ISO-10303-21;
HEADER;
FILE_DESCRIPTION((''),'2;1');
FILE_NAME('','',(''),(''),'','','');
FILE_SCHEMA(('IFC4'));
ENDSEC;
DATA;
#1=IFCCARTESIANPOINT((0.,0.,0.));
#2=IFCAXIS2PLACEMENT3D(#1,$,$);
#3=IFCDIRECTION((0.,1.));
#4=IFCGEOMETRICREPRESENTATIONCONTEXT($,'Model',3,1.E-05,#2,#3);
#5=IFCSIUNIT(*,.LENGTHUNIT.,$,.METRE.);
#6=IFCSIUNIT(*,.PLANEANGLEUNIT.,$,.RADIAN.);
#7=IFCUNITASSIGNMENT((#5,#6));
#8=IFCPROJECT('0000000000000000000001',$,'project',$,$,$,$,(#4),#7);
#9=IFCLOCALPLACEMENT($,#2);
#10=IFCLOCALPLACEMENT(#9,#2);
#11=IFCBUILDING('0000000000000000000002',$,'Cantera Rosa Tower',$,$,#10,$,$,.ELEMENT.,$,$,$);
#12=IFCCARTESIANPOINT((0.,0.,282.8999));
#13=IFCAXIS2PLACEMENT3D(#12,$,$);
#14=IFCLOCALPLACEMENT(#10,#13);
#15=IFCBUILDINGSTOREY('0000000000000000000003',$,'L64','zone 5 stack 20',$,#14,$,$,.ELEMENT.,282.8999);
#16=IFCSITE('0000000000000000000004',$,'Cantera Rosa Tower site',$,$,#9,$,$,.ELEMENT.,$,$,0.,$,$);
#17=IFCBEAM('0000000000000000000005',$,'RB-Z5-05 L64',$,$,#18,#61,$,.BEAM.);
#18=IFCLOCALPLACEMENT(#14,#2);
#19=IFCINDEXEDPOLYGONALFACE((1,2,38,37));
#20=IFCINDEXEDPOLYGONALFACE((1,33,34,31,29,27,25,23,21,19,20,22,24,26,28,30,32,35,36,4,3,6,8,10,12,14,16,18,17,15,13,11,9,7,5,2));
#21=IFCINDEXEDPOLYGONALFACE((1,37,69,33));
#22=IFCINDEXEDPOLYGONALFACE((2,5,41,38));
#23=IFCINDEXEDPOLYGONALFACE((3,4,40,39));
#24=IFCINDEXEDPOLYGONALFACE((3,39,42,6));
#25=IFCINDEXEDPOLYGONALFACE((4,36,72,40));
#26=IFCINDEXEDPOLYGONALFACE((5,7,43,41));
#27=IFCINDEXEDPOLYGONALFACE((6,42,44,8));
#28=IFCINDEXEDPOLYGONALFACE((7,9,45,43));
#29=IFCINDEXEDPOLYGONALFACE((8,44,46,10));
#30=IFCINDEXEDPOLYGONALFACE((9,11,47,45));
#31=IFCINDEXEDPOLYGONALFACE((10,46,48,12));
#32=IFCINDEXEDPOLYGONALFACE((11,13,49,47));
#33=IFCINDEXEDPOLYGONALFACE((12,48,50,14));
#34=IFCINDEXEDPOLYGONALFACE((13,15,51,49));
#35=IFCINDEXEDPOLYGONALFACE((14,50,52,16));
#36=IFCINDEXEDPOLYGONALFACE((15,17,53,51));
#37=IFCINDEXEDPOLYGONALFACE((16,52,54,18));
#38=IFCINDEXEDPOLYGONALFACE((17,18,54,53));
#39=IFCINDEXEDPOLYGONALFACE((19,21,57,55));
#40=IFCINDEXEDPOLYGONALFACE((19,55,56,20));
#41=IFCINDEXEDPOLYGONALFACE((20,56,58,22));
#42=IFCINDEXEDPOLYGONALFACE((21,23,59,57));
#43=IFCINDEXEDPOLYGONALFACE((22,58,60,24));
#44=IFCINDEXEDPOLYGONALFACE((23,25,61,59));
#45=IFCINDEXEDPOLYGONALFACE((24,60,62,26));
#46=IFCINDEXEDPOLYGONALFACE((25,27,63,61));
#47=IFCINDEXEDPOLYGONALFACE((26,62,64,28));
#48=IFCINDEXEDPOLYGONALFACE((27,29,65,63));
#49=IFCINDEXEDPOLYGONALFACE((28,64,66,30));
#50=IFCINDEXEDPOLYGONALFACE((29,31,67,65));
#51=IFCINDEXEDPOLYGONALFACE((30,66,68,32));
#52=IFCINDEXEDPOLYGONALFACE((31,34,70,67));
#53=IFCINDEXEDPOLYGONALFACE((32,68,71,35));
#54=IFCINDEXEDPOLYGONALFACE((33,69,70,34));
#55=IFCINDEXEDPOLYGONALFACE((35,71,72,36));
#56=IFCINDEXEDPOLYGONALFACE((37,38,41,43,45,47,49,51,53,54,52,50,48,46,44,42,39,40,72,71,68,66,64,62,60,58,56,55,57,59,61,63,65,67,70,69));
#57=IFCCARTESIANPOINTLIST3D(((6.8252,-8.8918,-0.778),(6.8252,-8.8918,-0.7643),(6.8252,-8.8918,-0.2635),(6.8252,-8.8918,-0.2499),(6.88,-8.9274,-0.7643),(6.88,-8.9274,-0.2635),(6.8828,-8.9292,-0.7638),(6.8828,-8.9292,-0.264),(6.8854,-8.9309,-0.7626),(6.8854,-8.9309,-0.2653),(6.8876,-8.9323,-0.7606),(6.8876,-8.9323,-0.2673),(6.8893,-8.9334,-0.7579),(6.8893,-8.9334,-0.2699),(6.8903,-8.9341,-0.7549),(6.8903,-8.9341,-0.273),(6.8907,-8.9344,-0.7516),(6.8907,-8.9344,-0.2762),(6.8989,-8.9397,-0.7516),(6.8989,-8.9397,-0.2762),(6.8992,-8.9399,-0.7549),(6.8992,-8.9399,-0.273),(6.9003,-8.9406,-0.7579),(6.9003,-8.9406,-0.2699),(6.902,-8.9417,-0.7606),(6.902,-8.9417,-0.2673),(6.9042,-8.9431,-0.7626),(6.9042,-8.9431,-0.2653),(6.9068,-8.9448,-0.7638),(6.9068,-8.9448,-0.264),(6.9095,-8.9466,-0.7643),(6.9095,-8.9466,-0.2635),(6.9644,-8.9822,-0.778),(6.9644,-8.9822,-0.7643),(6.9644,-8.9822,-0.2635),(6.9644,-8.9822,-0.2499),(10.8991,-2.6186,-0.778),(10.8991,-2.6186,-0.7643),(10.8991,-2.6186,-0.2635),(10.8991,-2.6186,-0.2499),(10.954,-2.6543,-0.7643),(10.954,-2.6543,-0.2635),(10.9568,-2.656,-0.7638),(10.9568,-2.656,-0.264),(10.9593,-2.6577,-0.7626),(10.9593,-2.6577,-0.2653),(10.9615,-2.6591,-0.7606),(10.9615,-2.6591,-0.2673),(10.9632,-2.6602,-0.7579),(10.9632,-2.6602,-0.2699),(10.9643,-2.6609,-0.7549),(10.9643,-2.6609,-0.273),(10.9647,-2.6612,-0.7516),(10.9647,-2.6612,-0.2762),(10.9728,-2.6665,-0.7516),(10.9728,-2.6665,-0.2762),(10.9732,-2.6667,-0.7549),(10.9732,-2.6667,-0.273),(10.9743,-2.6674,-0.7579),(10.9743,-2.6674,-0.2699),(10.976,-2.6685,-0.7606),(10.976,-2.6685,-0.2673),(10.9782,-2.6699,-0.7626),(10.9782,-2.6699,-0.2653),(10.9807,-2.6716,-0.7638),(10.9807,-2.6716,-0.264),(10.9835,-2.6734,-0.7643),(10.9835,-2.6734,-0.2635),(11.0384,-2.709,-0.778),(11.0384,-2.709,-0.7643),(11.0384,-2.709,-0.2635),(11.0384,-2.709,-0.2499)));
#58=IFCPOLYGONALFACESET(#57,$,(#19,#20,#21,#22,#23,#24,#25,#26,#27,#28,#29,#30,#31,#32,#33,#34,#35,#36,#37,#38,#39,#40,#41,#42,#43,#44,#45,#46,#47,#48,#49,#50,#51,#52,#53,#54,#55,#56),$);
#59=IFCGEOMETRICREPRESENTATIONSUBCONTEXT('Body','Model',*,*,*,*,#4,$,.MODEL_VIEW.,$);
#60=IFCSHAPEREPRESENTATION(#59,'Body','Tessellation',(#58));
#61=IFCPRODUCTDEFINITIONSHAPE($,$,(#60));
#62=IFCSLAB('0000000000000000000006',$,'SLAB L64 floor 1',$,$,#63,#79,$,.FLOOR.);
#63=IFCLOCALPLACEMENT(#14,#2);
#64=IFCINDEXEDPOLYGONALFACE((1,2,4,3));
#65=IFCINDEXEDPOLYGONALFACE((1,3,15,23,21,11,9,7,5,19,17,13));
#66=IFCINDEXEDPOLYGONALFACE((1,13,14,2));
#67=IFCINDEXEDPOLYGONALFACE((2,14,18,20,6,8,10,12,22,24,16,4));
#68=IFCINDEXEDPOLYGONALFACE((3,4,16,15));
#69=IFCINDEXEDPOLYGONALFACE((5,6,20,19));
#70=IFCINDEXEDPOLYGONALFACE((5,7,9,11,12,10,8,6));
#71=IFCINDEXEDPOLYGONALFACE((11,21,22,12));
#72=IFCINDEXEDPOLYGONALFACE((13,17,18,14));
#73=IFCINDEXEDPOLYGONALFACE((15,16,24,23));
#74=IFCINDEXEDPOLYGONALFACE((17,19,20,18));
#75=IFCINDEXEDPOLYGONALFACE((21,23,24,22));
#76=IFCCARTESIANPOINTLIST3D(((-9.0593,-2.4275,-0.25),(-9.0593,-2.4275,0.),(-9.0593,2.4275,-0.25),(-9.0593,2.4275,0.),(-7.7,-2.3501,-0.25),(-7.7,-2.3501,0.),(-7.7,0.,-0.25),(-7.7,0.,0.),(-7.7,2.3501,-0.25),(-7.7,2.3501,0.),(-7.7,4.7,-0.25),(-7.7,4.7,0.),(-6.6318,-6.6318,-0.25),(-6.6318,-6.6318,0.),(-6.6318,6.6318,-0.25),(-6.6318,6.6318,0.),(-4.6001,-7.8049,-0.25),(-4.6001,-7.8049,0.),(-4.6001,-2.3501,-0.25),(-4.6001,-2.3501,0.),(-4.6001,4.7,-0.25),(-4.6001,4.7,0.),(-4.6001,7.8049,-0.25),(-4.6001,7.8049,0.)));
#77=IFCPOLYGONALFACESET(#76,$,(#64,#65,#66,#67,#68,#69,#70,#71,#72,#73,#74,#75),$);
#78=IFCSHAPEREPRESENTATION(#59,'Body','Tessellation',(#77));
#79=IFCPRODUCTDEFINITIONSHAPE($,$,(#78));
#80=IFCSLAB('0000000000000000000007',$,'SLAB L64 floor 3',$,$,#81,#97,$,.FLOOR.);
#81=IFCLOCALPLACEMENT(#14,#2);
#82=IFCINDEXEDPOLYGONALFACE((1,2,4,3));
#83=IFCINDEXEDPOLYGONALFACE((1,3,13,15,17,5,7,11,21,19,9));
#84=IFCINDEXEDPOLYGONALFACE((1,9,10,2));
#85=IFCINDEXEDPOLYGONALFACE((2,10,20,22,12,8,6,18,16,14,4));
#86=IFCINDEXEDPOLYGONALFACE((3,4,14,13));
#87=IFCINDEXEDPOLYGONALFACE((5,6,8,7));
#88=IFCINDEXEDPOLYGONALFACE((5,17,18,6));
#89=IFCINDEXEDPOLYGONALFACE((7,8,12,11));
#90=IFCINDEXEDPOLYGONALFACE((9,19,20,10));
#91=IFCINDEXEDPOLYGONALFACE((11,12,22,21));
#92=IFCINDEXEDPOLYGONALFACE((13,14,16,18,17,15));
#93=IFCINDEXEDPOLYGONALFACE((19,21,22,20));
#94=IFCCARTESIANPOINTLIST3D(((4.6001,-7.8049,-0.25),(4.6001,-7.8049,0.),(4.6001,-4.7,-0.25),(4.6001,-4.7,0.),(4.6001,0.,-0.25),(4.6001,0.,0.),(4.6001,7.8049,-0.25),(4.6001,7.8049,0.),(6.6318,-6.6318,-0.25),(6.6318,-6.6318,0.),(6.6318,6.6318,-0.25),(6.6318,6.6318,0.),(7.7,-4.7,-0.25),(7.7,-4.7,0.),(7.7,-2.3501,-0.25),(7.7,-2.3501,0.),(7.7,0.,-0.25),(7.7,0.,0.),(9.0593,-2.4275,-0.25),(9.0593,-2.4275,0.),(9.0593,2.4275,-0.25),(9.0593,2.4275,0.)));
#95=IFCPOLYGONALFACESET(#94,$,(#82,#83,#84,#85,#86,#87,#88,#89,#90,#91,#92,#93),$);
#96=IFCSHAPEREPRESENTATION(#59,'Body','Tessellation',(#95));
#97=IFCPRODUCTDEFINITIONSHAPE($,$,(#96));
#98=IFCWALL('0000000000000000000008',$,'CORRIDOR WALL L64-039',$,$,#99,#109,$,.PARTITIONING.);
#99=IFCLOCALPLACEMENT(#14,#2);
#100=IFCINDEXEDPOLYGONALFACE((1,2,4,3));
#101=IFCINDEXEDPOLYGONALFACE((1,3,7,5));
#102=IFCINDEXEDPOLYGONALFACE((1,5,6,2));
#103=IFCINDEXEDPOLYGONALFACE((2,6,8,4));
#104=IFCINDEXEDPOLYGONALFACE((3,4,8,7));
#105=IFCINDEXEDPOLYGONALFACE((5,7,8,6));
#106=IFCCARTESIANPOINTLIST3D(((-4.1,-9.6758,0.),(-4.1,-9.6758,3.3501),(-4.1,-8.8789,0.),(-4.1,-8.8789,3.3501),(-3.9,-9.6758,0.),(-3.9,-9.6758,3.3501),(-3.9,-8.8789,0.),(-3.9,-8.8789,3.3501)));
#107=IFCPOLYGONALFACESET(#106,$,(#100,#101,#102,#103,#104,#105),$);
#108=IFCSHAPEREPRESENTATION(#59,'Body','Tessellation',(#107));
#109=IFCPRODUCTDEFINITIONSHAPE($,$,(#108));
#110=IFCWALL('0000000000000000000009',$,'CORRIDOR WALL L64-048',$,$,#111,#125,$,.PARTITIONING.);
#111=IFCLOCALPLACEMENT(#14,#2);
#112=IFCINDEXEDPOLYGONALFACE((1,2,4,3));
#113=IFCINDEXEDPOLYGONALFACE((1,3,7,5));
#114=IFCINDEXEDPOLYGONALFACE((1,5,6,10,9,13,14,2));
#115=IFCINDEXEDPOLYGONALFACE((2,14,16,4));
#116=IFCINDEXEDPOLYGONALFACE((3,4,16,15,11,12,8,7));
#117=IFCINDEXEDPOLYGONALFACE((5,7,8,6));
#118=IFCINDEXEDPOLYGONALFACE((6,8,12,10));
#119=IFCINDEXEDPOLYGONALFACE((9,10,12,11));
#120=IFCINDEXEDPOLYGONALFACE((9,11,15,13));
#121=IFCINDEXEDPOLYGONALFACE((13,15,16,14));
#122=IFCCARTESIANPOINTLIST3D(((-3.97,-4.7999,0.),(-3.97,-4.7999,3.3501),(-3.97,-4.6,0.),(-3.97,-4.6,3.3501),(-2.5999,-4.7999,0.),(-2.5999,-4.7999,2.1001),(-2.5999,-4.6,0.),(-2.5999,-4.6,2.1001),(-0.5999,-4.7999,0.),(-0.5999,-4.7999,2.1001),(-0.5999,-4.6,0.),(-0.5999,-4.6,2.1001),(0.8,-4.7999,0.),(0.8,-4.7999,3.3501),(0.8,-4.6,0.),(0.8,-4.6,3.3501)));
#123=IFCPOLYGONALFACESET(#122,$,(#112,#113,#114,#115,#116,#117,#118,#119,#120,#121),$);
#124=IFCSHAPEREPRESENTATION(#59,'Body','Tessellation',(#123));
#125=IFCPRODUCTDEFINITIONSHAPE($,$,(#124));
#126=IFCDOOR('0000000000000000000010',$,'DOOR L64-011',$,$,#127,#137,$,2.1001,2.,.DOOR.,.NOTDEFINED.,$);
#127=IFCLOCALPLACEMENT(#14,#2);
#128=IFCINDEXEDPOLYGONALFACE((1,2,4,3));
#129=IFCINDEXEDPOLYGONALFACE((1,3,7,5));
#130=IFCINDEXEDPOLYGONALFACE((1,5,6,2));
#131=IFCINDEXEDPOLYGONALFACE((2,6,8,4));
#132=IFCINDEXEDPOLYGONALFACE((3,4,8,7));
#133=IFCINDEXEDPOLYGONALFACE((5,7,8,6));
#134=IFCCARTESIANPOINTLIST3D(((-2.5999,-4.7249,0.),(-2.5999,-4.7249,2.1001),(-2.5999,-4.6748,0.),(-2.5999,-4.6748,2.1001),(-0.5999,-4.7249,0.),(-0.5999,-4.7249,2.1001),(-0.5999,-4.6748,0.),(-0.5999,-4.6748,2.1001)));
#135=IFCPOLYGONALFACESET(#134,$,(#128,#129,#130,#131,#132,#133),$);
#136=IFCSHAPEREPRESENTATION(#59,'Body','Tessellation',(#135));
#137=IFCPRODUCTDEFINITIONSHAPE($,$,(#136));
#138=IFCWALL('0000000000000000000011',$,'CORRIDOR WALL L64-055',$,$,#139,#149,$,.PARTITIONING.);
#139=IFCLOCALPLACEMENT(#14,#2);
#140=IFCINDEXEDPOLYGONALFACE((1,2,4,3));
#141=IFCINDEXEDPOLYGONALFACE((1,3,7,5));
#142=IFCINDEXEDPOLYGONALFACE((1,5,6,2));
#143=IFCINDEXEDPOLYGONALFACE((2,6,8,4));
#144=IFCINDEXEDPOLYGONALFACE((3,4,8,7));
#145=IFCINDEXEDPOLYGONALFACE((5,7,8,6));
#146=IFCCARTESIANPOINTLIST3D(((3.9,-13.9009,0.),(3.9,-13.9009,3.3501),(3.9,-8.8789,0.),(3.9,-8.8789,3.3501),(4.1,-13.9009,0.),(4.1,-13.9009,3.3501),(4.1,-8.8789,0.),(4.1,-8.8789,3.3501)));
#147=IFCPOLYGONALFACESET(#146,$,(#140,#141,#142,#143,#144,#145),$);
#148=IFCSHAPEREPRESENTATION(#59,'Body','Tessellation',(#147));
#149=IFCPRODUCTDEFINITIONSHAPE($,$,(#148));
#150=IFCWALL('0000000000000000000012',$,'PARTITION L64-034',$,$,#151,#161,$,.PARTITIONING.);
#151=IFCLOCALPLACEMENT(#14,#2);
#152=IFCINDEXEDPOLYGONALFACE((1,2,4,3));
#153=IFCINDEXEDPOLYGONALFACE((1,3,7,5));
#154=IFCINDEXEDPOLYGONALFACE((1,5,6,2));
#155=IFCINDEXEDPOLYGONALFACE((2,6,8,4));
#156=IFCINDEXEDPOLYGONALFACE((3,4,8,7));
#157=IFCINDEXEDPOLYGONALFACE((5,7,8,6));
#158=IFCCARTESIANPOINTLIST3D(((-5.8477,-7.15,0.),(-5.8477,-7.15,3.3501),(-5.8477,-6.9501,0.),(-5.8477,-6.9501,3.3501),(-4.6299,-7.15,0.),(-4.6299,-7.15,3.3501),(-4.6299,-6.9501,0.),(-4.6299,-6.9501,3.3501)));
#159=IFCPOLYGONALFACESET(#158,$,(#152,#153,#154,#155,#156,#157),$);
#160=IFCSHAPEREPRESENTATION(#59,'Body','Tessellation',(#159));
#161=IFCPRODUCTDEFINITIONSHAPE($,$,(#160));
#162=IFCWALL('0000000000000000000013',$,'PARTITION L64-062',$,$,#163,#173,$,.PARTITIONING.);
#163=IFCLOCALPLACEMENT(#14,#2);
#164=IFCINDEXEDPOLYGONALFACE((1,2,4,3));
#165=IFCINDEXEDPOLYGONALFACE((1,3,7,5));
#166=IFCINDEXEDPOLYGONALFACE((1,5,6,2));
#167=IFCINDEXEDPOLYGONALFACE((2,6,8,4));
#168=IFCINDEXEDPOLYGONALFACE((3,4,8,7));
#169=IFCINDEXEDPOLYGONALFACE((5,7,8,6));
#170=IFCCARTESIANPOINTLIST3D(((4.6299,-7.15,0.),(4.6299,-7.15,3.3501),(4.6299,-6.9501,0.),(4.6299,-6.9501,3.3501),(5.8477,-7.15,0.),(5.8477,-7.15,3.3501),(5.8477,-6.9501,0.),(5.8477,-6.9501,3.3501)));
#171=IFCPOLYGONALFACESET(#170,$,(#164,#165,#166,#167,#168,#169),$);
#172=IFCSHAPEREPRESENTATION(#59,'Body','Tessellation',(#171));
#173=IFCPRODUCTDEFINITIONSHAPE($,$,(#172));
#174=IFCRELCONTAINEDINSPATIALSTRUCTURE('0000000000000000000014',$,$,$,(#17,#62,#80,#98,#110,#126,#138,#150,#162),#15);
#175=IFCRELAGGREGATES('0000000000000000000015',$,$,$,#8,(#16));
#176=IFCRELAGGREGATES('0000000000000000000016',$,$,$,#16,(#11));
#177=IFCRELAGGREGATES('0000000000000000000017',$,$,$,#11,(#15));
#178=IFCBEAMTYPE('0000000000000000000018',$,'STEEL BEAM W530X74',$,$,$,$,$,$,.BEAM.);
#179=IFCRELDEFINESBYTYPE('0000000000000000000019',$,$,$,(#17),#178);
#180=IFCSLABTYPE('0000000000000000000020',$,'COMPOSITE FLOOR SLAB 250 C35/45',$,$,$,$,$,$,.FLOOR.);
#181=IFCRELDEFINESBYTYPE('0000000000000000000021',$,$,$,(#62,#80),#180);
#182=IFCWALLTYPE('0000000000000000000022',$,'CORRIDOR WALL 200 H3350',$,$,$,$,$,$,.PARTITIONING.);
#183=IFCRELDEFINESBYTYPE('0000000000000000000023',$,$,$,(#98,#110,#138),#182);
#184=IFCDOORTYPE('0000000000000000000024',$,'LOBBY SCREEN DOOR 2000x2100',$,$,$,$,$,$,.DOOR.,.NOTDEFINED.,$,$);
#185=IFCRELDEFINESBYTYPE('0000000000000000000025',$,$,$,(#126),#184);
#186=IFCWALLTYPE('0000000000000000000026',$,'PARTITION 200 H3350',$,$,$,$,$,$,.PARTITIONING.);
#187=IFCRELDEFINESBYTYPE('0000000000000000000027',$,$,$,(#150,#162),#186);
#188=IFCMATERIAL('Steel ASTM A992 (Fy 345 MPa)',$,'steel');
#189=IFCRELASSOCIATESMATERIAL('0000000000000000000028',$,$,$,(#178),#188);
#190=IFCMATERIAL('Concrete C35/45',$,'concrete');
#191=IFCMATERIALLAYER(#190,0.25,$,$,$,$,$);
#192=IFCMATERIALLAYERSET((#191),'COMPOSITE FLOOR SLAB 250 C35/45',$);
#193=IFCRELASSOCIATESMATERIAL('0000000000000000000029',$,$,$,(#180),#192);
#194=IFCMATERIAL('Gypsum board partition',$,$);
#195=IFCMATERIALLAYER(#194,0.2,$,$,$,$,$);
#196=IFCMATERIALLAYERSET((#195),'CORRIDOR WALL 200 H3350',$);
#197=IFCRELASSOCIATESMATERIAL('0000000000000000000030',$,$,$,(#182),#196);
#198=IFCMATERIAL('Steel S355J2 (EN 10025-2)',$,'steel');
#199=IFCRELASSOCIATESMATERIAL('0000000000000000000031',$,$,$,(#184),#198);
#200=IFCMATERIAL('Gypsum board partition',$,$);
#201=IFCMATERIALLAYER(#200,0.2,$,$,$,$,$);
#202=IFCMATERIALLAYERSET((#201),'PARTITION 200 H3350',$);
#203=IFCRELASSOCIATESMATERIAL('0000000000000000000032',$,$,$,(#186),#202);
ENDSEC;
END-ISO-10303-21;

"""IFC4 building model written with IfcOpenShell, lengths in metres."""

from ifc_helpers import new_model, si_unit, direction, frame, frame_2d, origin, origin_2d, place, context, subcontext, project, spatial, polyline, rectangle, i_section, outline, extrude, material, layer, layer_set, material_profile, profile_set, type_object, element, fill, save


model = new_model("IFC4")

# Units and contexts
model_context = context("Model", 3, precision=1e-05, world=origin(), true_north=direction((0.0, 1.0)))
body_context = subcontext(model_context, "Body", "Model", "MODEL_VIEW")
ifc_project = project(units=[si_unit("LENGTHUNIT", "METRE"), si_unit("PLANEANGLEUNIT", "RADIAN")], contexts=[model_context])

# Site, building, storey
site_placement = place(None, origin())
site = spatial("IfcSite", under=ifc_project, at=site_placement, Name="Cantera Rosa Tower site", CompositionType="ELEMENT", RefElevation=0.0)
building_placement = place(site_placement, origin())
building = spatial("IfcBuilding", under=site, at=building_placement, Name="Cantera Rosa Tower", CompositionType="ELEMENT")
storey_placement = place(building_placement, frame((0.0, 0.0, 282.8999)))
storey = spatial("IfcBuildingStorey", under=building, at=storey_placement, Name="L64", Description="zone 5 stack 20", CompositionType="ELEMENT", Elevation=282.8999)

# Beam
ifc_material_1 = material(Name="Steel ASTM A992 (Fy 345 MPa)", Category="steel")
ifc_material_profile = material_profile(ifc_material_1, i_section(OverallWidth=0.166, OverallDepth=0.5281, WebThickness=0.0098, FlangeThickness=0.0137, FilletRadius=0.0127, at=origin_2d()), Name="W530X74")
ifc_profile_set = profile_set([ifc_material_profile], Name="Steel ASTM A992 (Fy 345 MPa)")
beam_type = type_object("IfcBeamType", Name="STEEL BEAM W530X74", PredefinedType="BEAM", material=ifc_profile_set)
beam_placement = place(storey_placement, frame((6.8948, -8.937, -0.5139), z_axis=(0.54465, 0.838664, 0.0), x_axis=(-0.838664, 0.54465, 0.0)))
element("IfcBeam", 1, at=beam_placement, inside=storey, type_object=beam_type, Name="RB-Z5-05 L64", PredefinedType="BEAM", context=body_context, shape_type="SweptSolid", body=[
    extrude(i_section(OverallWidth=0.166, OverallDepth=0.5281, WebThickness=0.0098, FlangeThickness=0.0137, FilletRadius=0.0127, at=origin_2d()), origin(), (0.0, 0.0, 1.0), 7.48),
])

# Slabs
ifc_material_2 = material(Name="Concrete C35/45", Category="concrete")
ifc_layer_1 = layer(ifc_material_2, 0.25)
ifc_layer_set_1 = layer_set([ifc_layer_1], Name="COMPOSITE FLOOR SLAB 250 C35/45")
slab_type = type_object("IfcSlabType", Name="COMPOSITE FLOOR SLAB 250 C35/45", PredefinedType="FLOOR", material=ifc_layer_set_1)
slab_1_placement = place(storey_placement, frame((0.0, 0.0, -0.25)))
element("IfcSlab", 2, at=slab_1_placement, inside=storey, type_object=slab_type, Name="SLAB L64 floor 1", PredefinedType="FLOOR", context=body_context, shape_type="SweptSolid", body=[
    extrude(outline(polyline([(-6.6318, -6.6318), (-9.0593, -2.4275), (-9.0593, 2.4275), (-6.6318, 6.6318), (-4.6001, 7.8049), (-4.6001, 4.7), (-7.7, 4.7), (-7.7, 2.3501), (-7.7, 0.0), (-7.7, -2.3501), (-4.6001, -2.3501), (-4.6001, -7.8049), (-6.6318, -6.6318)])), origin(), (0.0, 0.0, 1.0), 0.25),
])
slab_2_placement = place(storey_placement, frame((0.0, 0.0, -0.25)))
element("IfcSlab", 3, at=slab_2_placement, inside=storey, type_object=slab_type, Name="SLAB L64 floor 3", PredefinedType="FLOOR", context=body_context, shape_type="SweptSolid", body=[
    extrude(outline(polyline([(7.7, 0.0), (4.6001, 0.0), (4.6001, 7.8049), (6.6318, 6.6318), (9.0593, 2.4275), (9.0593, -2.4275), (6.6318, -6.6318), (4.6001, -7.8049), (4.6001, -4.7), (7.7, -4.7), (7.7, -2.3501), (7.7, 0.0)])), origin(), (0.0, 0.0, 1.0), 0.25),
])

# Wall
ifc_material_3 = material(Name="Gypsum board partition")
ifc_layer_2 = layer(ifc_material_3, 0.2)
ifc_layer_set_2 = layer_set([ifc_layer_2], Name="CORRIDOR WALL 200 H3350")
wall_type_1 = type_object("IfcWallType", Name="CORRIDOR WALL 200 H3350", PredefinedType="PARTITIONING", material=ifc_layer_set_2)
wall_1_placement = place(storey_placement, frame((-4.0, -9.6758, 0.0), z_axis=(0.0, 0.0, 1.0), x_axis=(0.0, 1.0, 0.0)))
element("IfcWall", 4, at=wall_1_placement, inside=storey, type_object=wall_type_1, Name="CORRIDOR WALL L64-039", PredefinedType="PARTITIONING", context=body_context, shape_type="SweptSolid", body=[
    extrude(rectangle(XDim=0.7969, YDim=0.2, at=frame_2d((0.3984, 0.0))), origin(), (0.0, 0.0, 1.0), 3.3501),
])

# Wall, opening, door
wall_2_placement = place(storey_placement, frame((0.8, -4.7, 0.0), z_axis=(0.0, 0.0, 1.0), x_axis=(-1.0, 0.0, 0.0)))
wall_2 = element("IfcWall", 5, at=wall_2_placement, inside=storey, type_object=wall_type_1, Name="CORRIDOR WALL L64-048", PredefinedType="PARTITIONING", context=body_context, shape_type="SweptSolid", body=[
    extrude(rectangle(XDim=4.77, YDim=0.2, at=frame_2d((2.385, 0.0))), origin(), (0.0, 0.0, 1.0), 3.3501),
])
opening_1_placement = place(wall_2_placement, frame((1.3999, 0.0, 0.0)))
opening_1 = element("IfcOpeningElement", 6, at=opening_1_placement, cuts=wall_2, PredefinedType="OPENING", context=body_context, shape_type="SweptSolid", body=[
    extrude(rectangle(XDim=2.0, YDim=2.1001, at=frame_2d((1.0, 1.05))), frame((0.0, 0.1099, 0.0), z_axis=(0.0, -1.0, 0.0), x_axis=(1.0, 0.0, 0.0)), (0.0, 0.0, 1.0), 0.22),
])
ifc_material_4 = material(Name="Steel S355J2 (EN 10025-2)", Category="steel")
door_type_1 = type_object("IfcDoorType", Name="LOBBY SCREEN DOOR 2000x2100", OperationType="NOTDEFINED", PredefinedType="DOOR", material=ifc_material_4)
door_1_placement = place(opening_1_placement, origin())
door_1 = element("IfcDoor", 7, at=door_1_placement, inside=storey, type_object=door_type_1, Name="DOOR L64-011", OperationType="NOTDEFINED", OverallHeight=2.1001, OverallWidth=2.0, PredefinedType="DOOR", context=body_context, shape_type="SweptSolid", body=[
    extrude(rectangle(XDim=2.0, YDim=2.1001, at=frame_2d((1.0, 1.05))), frame((0.0, 0.0249, 0.0), z_axis=(0.0, -1.0, 0.0), x_axis=(1.0, 0.0, 0.0)), (0.0, 0.0, 1.0), 0.05),
])
fill(opening_1, door_1)

# Walls
wall_3_placement = place(storey_placement, frame((4.0, -13.9009, 0.0), z_axis=(0.0, 0.0, 1.0), x_axis=(0.0, 1.0, 0.0)))
element("IfcWall", 8, at=wall_3_placement, inside=storey, type_object=wall_type_1, Name="CORRIDOR WALL L64-055", PredefinedType="PARTITIONING", context=body_context, shape_type="SweptSolid", body=[
    extrude(rectangle(XDim=5.022, YDim=0.2, at=frame_2d((2.511, 0.0))), origin(), (0.0, 0.0, 1.0), 3.3501),
])
ifc_material_5 = material(Name="Gypsum board partition")
ifc_layer_3 = layer(ifc_material_5, 0.2)
ifc_layer_set_3 = layer_set([ifc_layer_3], Name="PARTITION 200 H3350")
wall_type_2 = type_object("IfcWallType", Name="PARTITION 200 H3350", PredefinedType="PARTITIONING", material=ifc_layer_set_3)
for number, where, z_axis, x_axis, name in (
    (9, (-4.6299, -7.05, 0.0), (0.0, 0.0, 1.0), (-1.0, 0.0, 0.0), "PARTITION L64-034"),
    (10, (5.8477, -7.05, 0.0), (0.0, 0.0, 1.0), (-1.0, 0.0, 0.0), "PARTITION L64-062"),
):
    element("IfcWall", number, at=place(storey_placement, frame(where, z_axis=z_axis, x_axis=x_axis)), inside=storey, type_object=wall_type_2, Name=name, PredefinedType="PARTITIONING", context=body_context, shape_type="SweptSolid", body=[
        extrude(rectangle(XDim=1.2178, YDim=0.2, at=frame_2d((0.6089, 0.0))), origin(), (0.0, 0.0, 1.0), 3.3501),
    ])

save(model, "model.ifc")
